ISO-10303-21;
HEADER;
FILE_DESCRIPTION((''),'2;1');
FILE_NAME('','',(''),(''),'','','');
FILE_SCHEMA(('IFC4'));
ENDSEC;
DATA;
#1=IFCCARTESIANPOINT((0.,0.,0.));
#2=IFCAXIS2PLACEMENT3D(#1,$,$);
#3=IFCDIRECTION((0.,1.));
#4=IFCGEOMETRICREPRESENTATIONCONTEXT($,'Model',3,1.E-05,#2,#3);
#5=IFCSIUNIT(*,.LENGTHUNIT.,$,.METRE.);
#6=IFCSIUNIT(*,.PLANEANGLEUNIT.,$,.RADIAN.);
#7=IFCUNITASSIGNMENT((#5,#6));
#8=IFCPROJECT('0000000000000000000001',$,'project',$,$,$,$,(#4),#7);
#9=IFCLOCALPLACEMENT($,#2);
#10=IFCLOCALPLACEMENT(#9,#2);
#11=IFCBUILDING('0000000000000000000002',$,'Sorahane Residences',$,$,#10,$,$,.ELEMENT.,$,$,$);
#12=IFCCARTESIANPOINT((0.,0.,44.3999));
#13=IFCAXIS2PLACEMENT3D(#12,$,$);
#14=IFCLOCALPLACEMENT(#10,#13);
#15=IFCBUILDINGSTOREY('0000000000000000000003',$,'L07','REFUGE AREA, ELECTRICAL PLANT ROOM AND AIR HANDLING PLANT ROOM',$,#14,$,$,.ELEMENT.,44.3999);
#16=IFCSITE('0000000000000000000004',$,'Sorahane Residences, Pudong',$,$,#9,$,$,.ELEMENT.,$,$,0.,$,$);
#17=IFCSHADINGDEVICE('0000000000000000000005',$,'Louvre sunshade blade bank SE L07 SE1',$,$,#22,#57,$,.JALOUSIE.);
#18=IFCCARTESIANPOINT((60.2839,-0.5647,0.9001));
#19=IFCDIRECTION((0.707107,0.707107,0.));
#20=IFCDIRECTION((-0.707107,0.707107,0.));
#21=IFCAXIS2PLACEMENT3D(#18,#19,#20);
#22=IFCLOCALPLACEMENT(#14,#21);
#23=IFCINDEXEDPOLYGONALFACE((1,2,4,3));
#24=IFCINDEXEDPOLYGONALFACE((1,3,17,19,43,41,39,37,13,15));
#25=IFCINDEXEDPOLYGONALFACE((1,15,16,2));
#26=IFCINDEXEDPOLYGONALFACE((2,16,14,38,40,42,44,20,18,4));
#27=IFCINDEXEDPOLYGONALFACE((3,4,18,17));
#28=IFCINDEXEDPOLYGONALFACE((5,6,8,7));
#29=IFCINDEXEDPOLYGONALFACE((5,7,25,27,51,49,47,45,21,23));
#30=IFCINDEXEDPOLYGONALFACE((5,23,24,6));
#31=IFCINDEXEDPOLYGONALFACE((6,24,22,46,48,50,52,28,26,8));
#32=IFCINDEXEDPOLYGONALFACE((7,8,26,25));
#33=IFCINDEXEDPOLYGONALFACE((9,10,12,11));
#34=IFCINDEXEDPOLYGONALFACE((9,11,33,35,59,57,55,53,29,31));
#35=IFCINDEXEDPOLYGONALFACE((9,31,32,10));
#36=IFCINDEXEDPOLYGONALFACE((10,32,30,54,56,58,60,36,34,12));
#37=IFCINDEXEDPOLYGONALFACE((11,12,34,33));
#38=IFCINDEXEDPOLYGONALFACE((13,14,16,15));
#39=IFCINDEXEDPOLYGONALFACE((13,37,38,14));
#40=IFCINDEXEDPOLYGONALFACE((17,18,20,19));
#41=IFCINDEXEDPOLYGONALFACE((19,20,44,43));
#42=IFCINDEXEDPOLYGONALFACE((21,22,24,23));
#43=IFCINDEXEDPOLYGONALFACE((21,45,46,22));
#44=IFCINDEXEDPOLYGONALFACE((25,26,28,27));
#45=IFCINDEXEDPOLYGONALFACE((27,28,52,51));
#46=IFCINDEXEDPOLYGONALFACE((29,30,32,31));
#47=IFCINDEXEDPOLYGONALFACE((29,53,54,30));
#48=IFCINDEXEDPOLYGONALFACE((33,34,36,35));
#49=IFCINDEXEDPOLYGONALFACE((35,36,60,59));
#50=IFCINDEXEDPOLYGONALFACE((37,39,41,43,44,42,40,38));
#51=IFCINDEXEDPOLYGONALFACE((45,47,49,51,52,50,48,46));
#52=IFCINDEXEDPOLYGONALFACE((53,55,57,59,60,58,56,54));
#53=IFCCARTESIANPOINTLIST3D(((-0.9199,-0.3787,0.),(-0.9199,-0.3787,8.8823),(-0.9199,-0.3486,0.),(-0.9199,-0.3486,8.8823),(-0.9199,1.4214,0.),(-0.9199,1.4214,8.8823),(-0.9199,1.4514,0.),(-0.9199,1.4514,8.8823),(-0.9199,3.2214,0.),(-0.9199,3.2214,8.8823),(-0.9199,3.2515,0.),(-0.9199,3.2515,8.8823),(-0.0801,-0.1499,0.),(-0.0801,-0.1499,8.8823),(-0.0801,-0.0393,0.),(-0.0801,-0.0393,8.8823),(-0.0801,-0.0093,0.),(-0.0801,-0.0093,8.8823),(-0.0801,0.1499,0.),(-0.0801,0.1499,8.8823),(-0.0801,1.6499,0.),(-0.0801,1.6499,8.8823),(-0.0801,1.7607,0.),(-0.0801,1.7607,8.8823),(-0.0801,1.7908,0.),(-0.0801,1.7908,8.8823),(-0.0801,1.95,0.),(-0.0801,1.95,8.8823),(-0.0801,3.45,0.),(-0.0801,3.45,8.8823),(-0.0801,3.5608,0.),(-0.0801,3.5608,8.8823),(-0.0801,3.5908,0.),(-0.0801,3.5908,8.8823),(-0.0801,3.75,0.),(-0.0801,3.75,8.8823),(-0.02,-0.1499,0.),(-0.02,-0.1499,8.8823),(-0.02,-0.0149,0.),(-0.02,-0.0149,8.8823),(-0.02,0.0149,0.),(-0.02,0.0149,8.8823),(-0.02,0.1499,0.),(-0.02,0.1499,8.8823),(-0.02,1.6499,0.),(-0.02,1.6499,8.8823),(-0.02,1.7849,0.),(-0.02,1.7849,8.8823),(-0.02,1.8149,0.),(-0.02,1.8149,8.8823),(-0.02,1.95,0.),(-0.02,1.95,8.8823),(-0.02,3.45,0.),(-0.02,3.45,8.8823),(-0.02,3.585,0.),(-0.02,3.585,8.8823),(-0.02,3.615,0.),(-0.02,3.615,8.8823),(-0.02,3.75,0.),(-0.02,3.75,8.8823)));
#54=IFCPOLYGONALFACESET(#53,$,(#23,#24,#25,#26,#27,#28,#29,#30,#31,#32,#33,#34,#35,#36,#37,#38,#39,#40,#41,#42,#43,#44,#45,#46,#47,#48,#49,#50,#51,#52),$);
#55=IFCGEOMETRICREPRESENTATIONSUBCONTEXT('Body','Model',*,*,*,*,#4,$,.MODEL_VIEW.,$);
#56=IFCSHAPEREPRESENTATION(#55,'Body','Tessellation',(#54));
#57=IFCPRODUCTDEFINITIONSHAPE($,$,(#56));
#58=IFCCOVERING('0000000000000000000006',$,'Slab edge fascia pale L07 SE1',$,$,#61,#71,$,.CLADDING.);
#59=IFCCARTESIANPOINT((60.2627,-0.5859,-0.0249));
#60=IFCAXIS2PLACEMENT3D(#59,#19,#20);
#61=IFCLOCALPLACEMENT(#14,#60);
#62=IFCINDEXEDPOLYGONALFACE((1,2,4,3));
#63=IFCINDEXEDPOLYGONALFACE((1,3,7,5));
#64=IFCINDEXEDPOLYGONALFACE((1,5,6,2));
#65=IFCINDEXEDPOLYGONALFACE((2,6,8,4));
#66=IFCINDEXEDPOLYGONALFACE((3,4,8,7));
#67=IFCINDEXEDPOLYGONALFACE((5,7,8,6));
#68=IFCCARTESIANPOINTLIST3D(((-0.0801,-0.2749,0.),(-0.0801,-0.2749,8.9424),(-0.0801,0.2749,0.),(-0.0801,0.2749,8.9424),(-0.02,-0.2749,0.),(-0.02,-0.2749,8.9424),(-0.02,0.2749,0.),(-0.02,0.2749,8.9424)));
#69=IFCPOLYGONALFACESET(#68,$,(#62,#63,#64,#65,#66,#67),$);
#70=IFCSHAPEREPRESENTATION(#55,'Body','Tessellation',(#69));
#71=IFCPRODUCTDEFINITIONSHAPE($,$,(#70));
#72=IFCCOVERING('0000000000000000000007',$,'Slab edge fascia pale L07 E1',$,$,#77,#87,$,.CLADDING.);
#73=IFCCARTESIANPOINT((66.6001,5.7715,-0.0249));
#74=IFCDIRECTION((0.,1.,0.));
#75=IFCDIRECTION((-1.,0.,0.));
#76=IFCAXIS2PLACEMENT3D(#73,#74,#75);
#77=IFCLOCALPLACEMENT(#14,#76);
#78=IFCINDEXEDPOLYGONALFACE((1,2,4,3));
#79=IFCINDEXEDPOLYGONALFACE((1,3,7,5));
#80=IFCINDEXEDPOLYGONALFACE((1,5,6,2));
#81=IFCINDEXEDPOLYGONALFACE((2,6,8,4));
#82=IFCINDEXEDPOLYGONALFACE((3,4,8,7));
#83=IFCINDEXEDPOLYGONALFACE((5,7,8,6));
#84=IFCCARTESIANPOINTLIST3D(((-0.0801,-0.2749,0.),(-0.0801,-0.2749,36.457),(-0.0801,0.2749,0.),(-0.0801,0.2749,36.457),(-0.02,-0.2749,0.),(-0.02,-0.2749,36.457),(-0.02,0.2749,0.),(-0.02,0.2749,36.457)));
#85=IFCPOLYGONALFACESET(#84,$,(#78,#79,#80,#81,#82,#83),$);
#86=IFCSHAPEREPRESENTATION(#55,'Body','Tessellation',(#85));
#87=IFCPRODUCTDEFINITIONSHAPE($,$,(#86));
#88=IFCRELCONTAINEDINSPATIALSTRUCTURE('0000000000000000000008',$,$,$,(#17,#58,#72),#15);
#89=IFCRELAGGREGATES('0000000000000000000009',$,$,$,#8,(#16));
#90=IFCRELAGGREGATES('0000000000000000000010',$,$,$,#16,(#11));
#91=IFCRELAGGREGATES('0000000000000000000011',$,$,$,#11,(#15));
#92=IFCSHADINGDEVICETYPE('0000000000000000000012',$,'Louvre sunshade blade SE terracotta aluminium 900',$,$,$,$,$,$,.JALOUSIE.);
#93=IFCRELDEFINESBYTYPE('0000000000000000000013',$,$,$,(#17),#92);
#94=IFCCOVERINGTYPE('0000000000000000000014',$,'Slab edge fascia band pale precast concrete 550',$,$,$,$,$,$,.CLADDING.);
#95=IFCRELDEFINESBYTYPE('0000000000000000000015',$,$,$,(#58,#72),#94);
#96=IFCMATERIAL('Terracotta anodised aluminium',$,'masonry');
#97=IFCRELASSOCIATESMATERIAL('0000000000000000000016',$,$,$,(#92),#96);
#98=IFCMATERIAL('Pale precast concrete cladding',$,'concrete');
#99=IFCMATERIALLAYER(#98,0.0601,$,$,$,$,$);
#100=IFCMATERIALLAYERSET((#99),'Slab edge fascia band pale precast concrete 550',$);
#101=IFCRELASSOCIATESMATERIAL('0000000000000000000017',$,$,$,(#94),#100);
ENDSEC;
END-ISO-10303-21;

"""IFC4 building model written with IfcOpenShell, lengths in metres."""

from ifc_helpers import new_model, si_unit, direction, frame, origin, place, context, subcontext, project, spatial, polyline, outline, composite_profile, extrude, material, layer, layer_set, type_object, element, save


model = new_model("IFC4")

# Units and contexts
model_context = context("Model", 3, precision=1e-05, world=origin(), true_north=direction((0.0, 1.0)))
body_context = subcontext(model_context, "Body", "Model", "MODEL_VIEW")
ifc_project = project(units=[si_unit("LENGTHUNIT", "METRE"), si_unit("PLANEANGLEUNIT", "RADIAN")], contexts=[model_context])

# Site, building, storey
site_placement = place(None, origin())
site = spatial("IfcSite", under=ifc_project, at=site_placement, Name="Sorahane Residences, Pudong", CompositionType="ELEMENT", RefElevation=0.0)
building_placement = place(site_placement, origin())
building = spatial("IfcBuilding", under=site, at=building_placement, Name="Sorahane Residences", CompositionType="ELEMENT")
storey_placement = place(building_placement, frame((0.0, 0.0, 44.3999)))
storey = spatial("IfcBuildingStorey", under=building, at=storey_placement, Name="L07", Description="REFUGE AREA, ELECTRICAL PLANT ROOM AND AIR HANDLING PLANT ROOM", CompositionType="ELEMENT", Elevation=44.3999)

# Shading device
ifc_material_1 = material(Name="Terracotta anodised aluminium", Category="masonry")
shading_device_type = type_object("IfcShadingDeviceType", Name="Louvre sunshade blade SE terracotta aluminium 900", PredefinedType="JALOUSIE", material=ifc_material_1)
shading_device_placement = place(storey_placement, frame((60.2839, -0.5647, 0.9001), z_axis=(0.707107, 0.707107, 0.0), x_axis=(-0.707107, 0.707107, 0.0)))
element("IfcShadingDevice", 1, at=shading_device_placement, inside=storey, type_object=shading_device_type, Name="Louvre sunshade blade bank SE L07 SE1", PredefinedType="JALOUSIE", context=body_context, shape_type="SweptSolid", body=[
    extrude(composite_profile([outline(polyline([(-0.9199, -0.3486), (-0.9199, -0.3787), (-0.0801, -0.0393), (-0.0801, -0.1499), (-0.02, -0.1499), (-0.02, -0.0149), (-0.02, 0.0149), (-0.02, 0.1499), (-0.0801, 0.1499), (-0.0801, -0.0093), (-0.9199, -0.3486)])), outline(polyline([(-0.9199, 1.4514), (-0.9199, 1.4214), (-0.0801, 1.7607), (-0.0801, 1.6499), (-0.02, 1.6499), (-0.02, 1.7849), (-0.02, 1.8149), (-0.02, 1.95), (-0.0801, 1.95), (-0.0801, 1.7908), (-0.9199, 1.4514)])), outline(polyline([(-0.9199, 3.2515), (-0.9199, 3.2214), (-0.0801, 3.5608), (-0.0801, 3.45), (-0.02, 3.45), (-0.02, 3.585), (-0.02, 3.615), (-0.02, 3.75), (-0.0801, 3.75), (-0.0801, 3.5908), (-0.9199, 3.2515)]))]), origin(), (0.0, 0.0, 1.0), 8.8823),
])

# Coverings
ifc_material_2 = material(Name="Pale precast concrete cladding", Category="concrete")
ifc_layer_1 = layer(ifc_material_2, 0.0601)
ifc_layer_set_1 = layer_set([ifc_layer_1], Name="Slab edge fascia band pale precast concrete 550")
covering_type = type_object("IfcCoveringType", Name="Slab edge fascia band pale precast concrete 550", PredefinedType="CLADDING", material=ifc_layer_set_1)
covering_1_placement = place(storey_placement, frame((60.2627, -0.5859, -0.0249), z_axis=(0.707107, 0.707107, 0.0), x_axis=(-0.707107, 0.707107, 0.0)))
element("IfcCovering", 2, at=covering_1_placement, inside=storey, type_object=covering_type, Name="Slab edge fascia pale L07 SE1", PredefinedType="CLADDING", context=body_context, shape_type="SweptSolid", body=[
    extrude(outline(polyline([(-0.02, 0.2749), (-0.0801, 0.2749), (-0.0801, -0.2749), (-0.02, -0.2749), (-0.02, 0.2749)])), origin(), (0.0, 0.0, 1.0), 8.9424),
])
covering_2_placement = place(storey_placement, frame((66.6001, 5.7715, -0.0249), z_axis=(0.0, 1.0, 0.0), x_axis=(-1.0, 0.0, 0.0)))
element("IfcCovering", 3, at=covering_2_placement, inside=storey, type_object=covering_type, Name="Slab edge fascia pale L07 E1", PredefinedType="CLADDING", context=body_context, shape_type="SweptSolid", body=[
    extrude(outline(polyline([(-0.02, 0.2749), (-0.0801, 0.2749), (-0.0801, -0.2749), (-0.02, -0.2749), (-0.02, 0.2749)])), origin(), (0.0, 0.0, 1.0), 36.457),
])

save(model, "model.ifc")
